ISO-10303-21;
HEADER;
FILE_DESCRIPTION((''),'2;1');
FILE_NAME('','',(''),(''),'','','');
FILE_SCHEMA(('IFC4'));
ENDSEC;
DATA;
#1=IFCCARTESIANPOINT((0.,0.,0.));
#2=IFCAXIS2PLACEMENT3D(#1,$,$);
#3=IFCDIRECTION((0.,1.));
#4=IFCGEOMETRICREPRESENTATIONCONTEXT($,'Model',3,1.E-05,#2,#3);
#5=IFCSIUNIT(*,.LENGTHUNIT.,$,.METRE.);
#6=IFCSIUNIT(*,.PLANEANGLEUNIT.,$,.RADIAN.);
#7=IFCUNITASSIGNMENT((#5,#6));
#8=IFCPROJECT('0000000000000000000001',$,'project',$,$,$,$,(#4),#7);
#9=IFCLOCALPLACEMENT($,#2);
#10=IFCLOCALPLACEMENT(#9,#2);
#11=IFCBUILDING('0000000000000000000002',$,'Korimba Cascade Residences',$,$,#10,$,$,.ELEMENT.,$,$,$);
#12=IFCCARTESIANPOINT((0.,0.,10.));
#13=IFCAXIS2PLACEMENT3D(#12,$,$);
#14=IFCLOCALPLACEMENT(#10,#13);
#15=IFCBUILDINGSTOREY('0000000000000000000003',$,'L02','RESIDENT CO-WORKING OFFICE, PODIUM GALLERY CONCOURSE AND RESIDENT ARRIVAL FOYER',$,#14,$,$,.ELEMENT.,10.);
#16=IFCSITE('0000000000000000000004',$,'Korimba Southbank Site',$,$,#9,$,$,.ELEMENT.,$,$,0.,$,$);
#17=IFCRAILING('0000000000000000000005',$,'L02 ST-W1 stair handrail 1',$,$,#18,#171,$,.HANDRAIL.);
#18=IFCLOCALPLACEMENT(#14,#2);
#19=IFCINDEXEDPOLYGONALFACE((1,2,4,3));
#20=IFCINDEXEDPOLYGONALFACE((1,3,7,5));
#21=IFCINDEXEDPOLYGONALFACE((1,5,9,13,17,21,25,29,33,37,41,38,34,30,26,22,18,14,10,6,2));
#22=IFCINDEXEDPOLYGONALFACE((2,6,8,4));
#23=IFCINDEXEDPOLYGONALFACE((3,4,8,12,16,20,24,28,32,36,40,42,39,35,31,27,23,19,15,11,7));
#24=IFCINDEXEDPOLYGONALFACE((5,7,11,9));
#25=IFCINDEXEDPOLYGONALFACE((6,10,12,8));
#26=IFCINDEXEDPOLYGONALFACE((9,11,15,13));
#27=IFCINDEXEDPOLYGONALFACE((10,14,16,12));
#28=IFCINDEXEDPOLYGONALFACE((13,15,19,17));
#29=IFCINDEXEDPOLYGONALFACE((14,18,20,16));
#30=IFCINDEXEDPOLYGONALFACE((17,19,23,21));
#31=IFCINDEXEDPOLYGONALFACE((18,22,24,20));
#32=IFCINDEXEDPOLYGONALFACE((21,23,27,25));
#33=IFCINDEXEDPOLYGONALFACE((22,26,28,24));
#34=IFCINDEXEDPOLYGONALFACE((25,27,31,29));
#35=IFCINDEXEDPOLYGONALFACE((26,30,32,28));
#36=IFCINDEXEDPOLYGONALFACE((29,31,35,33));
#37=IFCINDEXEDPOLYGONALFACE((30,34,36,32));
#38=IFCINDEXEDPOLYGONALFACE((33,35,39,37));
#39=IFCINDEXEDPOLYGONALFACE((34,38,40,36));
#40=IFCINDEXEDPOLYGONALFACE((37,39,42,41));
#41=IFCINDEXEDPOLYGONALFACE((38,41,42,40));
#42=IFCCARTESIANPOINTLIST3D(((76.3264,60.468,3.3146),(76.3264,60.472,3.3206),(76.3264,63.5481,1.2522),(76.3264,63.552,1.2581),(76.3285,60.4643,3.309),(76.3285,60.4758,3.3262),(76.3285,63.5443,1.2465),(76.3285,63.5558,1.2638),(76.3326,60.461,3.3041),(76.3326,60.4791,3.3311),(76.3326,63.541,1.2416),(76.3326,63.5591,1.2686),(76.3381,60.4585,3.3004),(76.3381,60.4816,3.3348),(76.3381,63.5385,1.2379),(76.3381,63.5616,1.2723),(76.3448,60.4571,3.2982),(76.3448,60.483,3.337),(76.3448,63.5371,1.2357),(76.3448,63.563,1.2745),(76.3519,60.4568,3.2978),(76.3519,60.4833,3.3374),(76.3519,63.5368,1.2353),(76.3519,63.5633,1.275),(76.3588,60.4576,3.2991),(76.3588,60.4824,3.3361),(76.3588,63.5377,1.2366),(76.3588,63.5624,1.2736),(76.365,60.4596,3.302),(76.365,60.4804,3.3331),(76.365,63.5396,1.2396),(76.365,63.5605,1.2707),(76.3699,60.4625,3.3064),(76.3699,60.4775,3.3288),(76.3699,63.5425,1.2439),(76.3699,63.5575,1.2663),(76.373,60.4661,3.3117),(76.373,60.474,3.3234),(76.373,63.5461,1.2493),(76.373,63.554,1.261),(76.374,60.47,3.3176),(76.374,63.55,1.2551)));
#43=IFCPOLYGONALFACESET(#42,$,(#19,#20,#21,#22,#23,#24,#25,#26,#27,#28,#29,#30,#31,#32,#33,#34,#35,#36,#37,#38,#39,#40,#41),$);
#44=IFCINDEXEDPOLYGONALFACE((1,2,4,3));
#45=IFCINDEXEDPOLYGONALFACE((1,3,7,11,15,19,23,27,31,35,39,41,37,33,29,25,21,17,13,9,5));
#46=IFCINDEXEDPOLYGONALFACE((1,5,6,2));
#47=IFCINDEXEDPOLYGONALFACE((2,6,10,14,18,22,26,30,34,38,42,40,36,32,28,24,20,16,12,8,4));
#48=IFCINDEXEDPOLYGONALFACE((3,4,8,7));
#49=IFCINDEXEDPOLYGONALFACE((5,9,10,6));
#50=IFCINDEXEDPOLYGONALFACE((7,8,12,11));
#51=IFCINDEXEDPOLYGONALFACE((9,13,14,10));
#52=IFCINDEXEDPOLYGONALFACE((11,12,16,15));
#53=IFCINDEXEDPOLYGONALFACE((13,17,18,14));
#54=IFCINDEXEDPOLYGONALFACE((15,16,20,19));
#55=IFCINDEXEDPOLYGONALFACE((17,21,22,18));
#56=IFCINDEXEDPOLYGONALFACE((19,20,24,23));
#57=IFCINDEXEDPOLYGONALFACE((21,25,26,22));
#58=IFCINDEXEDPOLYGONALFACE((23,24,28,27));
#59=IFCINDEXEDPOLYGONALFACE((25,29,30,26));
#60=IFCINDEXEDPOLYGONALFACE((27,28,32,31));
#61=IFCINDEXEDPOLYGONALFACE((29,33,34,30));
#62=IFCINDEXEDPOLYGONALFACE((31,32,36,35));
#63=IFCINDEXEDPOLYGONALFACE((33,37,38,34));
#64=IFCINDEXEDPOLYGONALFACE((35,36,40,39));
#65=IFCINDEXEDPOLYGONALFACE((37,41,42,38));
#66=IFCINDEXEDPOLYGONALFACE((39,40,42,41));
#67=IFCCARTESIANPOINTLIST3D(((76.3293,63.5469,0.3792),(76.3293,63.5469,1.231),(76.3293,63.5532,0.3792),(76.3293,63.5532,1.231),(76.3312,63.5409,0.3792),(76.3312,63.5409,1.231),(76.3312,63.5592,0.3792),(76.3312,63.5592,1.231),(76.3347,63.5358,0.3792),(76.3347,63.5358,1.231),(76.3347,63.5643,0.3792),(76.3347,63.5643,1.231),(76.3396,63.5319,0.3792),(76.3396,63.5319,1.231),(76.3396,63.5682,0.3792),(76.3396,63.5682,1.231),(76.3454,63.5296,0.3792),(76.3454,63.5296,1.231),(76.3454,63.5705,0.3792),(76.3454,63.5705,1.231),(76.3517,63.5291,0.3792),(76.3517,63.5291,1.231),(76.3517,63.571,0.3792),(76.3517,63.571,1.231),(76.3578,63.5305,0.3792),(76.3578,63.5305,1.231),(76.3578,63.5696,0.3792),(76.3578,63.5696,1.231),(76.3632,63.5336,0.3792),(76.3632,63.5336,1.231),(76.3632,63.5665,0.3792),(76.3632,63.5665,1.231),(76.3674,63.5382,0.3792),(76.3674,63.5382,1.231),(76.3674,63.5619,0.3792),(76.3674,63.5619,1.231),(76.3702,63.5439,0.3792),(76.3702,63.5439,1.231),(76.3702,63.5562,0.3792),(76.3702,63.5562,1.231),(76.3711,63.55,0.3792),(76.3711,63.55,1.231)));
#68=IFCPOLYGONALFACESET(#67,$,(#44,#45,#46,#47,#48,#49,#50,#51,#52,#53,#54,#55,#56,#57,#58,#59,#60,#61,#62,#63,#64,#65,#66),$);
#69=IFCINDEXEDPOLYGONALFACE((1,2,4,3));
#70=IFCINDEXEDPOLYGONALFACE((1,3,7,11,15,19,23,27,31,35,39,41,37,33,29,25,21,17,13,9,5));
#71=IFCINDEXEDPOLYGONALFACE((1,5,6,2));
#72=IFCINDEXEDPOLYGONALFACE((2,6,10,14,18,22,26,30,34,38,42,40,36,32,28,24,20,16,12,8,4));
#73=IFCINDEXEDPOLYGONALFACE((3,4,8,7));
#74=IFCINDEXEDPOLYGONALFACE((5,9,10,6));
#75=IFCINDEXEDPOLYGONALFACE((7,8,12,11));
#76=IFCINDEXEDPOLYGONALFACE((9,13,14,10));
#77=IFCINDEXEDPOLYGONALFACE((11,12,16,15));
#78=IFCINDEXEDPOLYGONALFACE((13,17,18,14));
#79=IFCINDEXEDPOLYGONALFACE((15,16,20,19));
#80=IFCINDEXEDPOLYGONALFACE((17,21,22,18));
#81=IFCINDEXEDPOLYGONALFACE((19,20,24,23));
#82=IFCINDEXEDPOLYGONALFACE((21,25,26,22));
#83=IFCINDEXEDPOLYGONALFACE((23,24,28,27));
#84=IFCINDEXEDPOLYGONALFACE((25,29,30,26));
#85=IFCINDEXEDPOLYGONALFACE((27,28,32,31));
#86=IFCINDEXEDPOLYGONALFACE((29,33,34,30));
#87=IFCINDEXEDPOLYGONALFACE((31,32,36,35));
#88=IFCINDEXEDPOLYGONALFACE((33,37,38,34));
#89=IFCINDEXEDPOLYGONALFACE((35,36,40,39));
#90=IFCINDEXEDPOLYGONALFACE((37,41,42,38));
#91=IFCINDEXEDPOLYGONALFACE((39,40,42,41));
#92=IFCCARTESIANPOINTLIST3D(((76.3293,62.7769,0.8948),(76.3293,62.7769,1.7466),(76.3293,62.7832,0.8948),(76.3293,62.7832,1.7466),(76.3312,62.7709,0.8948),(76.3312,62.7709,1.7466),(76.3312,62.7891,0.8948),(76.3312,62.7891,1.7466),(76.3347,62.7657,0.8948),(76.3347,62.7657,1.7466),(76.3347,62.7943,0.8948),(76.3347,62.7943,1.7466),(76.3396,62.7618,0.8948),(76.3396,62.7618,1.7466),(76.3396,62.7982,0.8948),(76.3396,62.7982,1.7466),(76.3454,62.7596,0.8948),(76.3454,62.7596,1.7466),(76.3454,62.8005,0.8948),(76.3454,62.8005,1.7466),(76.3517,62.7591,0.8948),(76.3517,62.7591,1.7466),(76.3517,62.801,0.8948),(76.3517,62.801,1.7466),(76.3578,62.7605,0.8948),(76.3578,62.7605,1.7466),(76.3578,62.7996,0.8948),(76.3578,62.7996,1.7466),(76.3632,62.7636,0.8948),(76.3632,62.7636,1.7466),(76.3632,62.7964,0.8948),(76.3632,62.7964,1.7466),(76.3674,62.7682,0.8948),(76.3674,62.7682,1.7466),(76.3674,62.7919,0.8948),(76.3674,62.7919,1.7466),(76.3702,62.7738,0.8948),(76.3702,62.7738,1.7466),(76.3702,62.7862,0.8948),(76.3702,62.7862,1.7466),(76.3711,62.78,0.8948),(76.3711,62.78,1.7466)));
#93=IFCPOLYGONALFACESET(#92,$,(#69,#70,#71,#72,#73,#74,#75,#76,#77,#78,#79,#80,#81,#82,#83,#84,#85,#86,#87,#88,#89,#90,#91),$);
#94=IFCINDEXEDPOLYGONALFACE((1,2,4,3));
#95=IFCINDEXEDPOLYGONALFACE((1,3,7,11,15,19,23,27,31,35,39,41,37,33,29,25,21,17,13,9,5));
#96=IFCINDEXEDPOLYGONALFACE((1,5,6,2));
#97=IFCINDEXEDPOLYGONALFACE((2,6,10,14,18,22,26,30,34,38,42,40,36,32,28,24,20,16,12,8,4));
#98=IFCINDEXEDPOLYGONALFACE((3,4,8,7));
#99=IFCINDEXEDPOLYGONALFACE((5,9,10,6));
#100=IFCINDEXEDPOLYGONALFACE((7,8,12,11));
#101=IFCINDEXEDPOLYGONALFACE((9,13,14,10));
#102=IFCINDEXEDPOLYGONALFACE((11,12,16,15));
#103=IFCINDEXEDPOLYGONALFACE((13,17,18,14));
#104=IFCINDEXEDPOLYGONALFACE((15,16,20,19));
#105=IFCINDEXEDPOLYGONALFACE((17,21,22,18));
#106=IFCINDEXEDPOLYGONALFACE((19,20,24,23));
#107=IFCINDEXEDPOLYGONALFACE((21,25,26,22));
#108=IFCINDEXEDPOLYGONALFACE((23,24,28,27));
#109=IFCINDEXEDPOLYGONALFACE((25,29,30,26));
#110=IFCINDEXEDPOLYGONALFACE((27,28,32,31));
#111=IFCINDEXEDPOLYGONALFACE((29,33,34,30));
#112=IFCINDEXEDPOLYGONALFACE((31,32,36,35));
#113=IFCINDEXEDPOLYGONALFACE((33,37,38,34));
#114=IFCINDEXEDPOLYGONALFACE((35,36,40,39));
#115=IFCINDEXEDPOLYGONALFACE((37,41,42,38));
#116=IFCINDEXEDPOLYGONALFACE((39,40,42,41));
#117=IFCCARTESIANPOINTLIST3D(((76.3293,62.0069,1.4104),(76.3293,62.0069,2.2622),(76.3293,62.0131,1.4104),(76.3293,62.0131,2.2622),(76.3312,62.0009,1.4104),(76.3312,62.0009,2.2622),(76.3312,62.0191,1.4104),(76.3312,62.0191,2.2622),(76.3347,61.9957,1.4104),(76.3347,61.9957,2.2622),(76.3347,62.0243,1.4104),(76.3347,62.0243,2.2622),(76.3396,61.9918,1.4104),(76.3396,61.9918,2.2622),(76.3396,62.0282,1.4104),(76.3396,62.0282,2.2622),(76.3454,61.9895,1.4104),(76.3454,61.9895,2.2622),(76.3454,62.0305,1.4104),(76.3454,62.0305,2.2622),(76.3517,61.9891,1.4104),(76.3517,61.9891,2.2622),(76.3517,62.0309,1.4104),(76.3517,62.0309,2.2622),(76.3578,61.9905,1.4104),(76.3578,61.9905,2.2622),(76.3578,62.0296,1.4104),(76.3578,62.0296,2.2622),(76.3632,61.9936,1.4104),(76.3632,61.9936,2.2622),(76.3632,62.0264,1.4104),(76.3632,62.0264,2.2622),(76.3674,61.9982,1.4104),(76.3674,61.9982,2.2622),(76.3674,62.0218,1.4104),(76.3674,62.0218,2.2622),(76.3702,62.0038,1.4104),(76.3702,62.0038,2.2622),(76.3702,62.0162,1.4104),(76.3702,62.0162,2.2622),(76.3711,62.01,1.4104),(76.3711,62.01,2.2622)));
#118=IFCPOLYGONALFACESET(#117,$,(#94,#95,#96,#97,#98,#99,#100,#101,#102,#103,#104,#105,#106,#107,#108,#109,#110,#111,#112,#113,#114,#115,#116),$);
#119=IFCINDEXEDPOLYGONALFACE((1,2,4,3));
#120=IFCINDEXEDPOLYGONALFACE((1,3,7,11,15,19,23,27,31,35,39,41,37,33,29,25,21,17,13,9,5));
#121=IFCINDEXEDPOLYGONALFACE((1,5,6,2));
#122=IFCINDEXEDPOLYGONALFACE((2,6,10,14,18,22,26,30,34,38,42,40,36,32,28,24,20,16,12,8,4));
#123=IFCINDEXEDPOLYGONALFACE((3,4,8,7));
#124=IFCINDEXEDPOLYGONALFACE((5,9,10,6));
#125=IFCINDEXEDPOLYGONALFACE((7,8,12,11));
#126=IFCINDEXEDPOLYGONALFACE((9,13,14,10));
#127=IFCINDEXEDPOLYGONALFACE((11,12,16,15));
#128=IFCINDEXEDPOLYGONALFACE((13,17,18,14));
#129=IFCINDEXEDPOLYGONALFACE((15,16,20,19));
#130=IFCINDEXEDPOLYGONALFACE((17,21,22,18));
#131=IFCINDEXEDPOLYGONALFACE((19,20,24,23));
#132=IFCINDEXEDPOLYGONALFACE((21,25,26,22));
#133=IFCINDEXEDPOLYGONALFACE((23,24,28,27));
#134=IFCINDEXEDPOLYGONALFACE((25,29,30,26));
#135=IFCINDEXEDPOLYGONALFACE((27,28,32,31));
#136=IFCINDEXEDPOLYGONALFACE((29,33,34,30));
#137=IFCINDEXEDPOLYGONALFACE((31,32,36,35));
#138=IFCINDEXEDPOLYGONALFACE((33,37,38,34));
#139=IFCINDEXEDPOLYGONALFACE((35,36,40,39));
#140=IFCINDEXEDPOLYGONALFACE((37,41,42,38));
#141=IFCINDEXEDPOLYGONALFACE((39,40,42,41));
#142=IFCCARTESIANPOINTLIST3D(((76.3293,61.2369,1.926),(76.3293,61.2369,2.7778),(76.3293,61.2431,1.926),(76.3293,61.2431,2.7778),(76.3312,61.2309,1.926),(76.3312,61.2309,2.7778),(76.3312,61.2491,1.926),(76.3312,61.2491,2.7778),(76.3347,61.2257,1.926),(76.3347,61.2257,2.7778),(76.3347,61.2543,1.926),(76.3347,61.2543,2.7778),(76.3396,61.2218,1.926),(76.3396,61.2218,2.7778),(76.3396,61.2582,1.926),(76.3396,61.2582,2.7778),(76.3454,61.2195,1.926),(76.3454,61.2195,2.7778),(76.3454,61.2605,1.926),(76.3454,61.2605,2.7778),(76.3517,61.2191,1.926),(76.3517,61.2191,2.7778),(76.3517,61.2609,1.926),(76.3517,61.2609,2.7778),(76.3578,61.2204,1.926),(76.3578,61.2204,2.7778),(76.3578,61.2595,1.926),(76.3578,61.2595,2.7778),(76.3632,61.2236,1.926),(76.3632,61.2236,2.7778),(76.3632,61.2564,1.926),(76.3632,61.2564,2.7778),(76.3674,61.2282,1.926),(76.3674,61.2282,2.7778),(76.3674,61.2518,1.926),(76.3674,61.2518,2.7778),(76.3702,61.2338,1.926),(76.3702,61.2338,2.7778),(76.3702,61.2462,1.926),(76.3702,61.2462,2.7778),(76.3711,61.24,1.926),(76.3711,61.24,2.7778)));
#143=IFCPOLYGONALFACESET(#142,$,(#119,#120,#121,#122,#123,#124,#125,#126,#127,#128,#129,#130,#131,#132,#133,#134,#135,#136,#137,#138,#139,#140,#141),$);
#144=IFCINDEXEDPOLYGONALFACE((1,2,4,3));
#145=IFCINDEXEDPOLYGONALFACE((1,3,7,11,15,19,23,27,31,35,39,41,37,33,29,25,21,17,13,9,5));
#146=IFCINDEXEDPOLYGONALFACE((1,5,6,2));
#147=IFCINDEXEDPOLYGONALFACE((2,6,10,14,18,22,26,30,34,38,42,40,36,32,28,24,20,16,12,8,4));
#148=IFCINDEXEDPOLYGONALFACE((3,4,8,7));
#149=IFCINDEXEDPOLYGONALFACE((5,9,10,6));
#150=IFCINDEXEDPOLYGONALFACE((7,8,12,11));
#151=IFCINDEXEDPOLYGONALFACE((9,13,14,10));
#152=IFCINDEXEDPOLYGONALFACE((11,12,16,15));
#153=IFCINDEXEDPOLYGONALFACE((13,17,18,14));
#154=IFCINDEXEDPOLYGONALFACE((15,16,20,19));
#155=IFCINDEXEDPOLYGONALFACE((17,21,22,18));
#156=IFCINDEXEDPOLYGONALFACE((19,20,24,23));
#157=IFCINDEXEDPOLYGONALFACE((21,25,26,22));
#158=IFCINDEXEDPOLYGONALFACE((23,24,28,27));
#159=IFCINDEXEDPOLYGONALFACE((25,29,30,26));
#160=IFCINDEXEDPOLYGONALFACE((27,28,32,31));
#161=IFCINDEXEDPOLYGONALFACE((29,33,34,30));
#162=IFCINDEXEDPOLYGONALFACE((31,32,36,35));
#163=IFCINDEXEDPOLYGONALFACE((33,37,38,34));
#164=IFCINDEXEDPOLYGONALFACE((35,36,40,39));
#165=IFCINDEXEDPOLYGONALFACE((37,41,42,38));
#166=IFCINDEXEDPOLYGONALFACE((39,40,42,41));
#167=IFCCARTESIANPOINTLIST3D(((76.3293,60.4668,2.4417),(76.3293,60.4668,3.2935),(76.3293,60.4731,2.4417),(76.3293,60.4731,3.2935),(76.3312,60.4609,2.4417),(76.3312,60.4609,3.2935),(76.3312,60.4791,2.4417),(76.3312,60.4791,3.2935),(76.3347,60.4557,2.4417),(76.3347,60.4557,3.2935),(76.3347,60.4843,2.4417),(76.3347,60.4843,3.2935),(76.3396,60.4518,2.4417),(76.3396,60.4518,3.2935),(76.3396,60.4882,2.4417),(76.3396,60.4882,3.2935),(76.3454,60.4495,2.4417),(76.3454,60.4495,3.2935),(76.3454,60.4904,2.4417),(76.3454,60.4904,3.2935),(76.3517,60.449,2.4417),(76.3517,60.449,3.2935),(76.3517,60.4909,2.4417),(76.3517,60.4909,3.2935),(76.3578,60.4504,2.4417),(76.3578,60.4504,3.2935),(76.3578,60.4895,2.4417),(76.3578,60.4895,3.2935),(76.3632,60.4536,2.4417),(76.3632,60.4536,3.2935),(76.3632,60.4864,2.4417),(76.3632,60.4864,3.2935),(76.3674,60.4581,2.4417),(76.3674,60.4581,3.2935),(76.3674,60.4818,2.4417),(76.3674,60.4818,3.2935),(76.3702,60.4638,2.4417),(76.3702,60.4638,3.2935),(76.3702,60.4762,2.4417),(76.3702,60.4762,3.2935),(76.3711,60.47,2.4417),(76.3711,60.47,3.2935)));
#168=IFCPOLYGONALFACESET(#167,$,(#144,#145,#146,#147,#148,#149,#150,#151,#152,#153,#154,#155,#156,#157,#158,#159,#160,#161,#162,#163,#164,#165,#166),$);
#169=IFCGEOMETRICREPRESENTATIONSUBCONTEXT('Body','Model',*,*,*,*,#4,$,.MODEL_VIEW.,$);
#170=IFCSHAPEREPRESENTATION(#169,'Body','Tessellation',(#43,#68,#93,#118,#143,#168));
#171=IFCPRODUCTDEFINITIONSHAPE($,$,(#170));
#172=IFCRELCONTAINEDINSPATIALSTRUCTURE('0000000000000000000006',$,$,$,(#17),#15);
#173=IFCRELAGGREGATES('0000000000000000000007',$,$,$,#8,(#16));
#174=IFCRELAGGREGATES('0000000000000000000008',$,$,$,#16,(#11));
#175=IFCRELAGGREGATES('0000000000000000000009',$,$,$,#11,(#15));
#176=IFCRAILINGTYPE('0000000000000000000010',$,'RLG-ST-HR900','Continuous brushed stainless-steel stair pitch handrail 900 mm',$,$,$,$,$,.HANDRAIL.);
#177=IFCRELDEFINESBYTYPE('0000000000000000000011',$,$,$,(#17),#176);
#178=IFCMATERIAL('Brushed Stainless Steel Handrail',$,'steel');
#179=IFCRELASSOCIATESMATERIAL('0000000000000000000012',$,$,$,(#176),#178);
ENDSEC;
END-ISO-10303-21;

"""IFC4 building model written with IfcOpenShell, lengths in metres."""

from ifc_helpers import new_model, si_unit, direction, frame, origin, origin_2d, place, context, subcontext, project, spatial, circle, extrude, material, type_object, element, save


model = new_model("IFC4")

# Units and contexts
model_context = context("Model", 3, precision=1e-05, world=origin(), true_north=direction((0.0, 1.0)))
body_context = subcontext(model_context, "Body", "Model", "MODEL_VIEW")
ifc_project = project(units=[si_unit("LENGTHUNIT", "METRE"), si_unit("PLANEANGLEUNIT", "RADIAN")], contexts=[model_context])

# Site, building, storey
site_placement = place(None, origin())
site = spatial("IfcSite", under=ifc_project, at=site_placement, Name="Korimba Southbank Site", CompositionType="ELEMENT", RefElevation=0.0)
building_placement = place(site_placement, origin())
building = spatial("IfcBuilding", under=site, at=building_placement, Name="Korimba Cascade Residences", CompositionType="ELEMENT")
storey_placement = place(building_placement, frame((0.0, 0.0, 10.0)))
storey = spatial("IfcBuildingStorey", under=building, at=storey_placement, Name="L02", Description="RESIDENT CO-WORKING OFFICE, PODIUM GALLERY CONCOURSE AND RESIDENT ARRIVAL FOYER", CompositionType="ELEMENT", Elevation=10.0)

# Railing
ifc_material_1 = material(Name="Brushed Stainless Steel Handrail", Category="steel")
railing_type_1 = type_object("IfcRailingType", Name="RLG-ST-HR900", Description="Continuous brushed stainless-steel stair pitch handrail 900 mm", PredefinedType="HANDRAIL", material=ifc_material_1)
railing_1_placement = place(storey_placement, frame((76.3501, 63.55, 0.3792)))
element("IfcRailing", 1, at=railing_1_placement, inside=storey, type_object=railing_type_1, Name="L02 ST-W1 stair handrail 1", PredefinedType="HANDRAIL", context=body_context, shape_type="SweptSolid", body=[
    extrude(circle(Radius=0.0239, at=origin_2d()), frame((0.0, 0.0, 0.876), z_axis=(0.0, -0.830914, 0.556401), x_axis=(1.0, 0.0, 0.0)), (0.0, 0.0, 1.0), 3.7068),
    extrude(circle(Radius=0.021, at=origin_2d()), origin(), (0.0, 0.0, 1.0), 0.8518),
    extrude(circle(Radius=0.021, at=origin_2d()), frame((0.0, -0.77, 0.5156)), (0.0, 0.0, 1.0), 0.8518),
    extrude(circle(Radius=0.021, at=origin_2d()), frame((0.0, -1.54, 1.0312)), (0.0, 0.0, 1.0), 0.8518),
    extrude(circle(Radius=0.021, at=origin_2d()), frame((0.0, -2.3101, 1.5469)), (0.0, 0.0, 1.0), 0.8518),
    extrude(circle(Radius=0.021, at=origin_2d()), frame((0.0, -3.0801, 2.0625)), (0.0, 0.0, 1.0), 0.8518),
])

save(model, "model.ifc")
